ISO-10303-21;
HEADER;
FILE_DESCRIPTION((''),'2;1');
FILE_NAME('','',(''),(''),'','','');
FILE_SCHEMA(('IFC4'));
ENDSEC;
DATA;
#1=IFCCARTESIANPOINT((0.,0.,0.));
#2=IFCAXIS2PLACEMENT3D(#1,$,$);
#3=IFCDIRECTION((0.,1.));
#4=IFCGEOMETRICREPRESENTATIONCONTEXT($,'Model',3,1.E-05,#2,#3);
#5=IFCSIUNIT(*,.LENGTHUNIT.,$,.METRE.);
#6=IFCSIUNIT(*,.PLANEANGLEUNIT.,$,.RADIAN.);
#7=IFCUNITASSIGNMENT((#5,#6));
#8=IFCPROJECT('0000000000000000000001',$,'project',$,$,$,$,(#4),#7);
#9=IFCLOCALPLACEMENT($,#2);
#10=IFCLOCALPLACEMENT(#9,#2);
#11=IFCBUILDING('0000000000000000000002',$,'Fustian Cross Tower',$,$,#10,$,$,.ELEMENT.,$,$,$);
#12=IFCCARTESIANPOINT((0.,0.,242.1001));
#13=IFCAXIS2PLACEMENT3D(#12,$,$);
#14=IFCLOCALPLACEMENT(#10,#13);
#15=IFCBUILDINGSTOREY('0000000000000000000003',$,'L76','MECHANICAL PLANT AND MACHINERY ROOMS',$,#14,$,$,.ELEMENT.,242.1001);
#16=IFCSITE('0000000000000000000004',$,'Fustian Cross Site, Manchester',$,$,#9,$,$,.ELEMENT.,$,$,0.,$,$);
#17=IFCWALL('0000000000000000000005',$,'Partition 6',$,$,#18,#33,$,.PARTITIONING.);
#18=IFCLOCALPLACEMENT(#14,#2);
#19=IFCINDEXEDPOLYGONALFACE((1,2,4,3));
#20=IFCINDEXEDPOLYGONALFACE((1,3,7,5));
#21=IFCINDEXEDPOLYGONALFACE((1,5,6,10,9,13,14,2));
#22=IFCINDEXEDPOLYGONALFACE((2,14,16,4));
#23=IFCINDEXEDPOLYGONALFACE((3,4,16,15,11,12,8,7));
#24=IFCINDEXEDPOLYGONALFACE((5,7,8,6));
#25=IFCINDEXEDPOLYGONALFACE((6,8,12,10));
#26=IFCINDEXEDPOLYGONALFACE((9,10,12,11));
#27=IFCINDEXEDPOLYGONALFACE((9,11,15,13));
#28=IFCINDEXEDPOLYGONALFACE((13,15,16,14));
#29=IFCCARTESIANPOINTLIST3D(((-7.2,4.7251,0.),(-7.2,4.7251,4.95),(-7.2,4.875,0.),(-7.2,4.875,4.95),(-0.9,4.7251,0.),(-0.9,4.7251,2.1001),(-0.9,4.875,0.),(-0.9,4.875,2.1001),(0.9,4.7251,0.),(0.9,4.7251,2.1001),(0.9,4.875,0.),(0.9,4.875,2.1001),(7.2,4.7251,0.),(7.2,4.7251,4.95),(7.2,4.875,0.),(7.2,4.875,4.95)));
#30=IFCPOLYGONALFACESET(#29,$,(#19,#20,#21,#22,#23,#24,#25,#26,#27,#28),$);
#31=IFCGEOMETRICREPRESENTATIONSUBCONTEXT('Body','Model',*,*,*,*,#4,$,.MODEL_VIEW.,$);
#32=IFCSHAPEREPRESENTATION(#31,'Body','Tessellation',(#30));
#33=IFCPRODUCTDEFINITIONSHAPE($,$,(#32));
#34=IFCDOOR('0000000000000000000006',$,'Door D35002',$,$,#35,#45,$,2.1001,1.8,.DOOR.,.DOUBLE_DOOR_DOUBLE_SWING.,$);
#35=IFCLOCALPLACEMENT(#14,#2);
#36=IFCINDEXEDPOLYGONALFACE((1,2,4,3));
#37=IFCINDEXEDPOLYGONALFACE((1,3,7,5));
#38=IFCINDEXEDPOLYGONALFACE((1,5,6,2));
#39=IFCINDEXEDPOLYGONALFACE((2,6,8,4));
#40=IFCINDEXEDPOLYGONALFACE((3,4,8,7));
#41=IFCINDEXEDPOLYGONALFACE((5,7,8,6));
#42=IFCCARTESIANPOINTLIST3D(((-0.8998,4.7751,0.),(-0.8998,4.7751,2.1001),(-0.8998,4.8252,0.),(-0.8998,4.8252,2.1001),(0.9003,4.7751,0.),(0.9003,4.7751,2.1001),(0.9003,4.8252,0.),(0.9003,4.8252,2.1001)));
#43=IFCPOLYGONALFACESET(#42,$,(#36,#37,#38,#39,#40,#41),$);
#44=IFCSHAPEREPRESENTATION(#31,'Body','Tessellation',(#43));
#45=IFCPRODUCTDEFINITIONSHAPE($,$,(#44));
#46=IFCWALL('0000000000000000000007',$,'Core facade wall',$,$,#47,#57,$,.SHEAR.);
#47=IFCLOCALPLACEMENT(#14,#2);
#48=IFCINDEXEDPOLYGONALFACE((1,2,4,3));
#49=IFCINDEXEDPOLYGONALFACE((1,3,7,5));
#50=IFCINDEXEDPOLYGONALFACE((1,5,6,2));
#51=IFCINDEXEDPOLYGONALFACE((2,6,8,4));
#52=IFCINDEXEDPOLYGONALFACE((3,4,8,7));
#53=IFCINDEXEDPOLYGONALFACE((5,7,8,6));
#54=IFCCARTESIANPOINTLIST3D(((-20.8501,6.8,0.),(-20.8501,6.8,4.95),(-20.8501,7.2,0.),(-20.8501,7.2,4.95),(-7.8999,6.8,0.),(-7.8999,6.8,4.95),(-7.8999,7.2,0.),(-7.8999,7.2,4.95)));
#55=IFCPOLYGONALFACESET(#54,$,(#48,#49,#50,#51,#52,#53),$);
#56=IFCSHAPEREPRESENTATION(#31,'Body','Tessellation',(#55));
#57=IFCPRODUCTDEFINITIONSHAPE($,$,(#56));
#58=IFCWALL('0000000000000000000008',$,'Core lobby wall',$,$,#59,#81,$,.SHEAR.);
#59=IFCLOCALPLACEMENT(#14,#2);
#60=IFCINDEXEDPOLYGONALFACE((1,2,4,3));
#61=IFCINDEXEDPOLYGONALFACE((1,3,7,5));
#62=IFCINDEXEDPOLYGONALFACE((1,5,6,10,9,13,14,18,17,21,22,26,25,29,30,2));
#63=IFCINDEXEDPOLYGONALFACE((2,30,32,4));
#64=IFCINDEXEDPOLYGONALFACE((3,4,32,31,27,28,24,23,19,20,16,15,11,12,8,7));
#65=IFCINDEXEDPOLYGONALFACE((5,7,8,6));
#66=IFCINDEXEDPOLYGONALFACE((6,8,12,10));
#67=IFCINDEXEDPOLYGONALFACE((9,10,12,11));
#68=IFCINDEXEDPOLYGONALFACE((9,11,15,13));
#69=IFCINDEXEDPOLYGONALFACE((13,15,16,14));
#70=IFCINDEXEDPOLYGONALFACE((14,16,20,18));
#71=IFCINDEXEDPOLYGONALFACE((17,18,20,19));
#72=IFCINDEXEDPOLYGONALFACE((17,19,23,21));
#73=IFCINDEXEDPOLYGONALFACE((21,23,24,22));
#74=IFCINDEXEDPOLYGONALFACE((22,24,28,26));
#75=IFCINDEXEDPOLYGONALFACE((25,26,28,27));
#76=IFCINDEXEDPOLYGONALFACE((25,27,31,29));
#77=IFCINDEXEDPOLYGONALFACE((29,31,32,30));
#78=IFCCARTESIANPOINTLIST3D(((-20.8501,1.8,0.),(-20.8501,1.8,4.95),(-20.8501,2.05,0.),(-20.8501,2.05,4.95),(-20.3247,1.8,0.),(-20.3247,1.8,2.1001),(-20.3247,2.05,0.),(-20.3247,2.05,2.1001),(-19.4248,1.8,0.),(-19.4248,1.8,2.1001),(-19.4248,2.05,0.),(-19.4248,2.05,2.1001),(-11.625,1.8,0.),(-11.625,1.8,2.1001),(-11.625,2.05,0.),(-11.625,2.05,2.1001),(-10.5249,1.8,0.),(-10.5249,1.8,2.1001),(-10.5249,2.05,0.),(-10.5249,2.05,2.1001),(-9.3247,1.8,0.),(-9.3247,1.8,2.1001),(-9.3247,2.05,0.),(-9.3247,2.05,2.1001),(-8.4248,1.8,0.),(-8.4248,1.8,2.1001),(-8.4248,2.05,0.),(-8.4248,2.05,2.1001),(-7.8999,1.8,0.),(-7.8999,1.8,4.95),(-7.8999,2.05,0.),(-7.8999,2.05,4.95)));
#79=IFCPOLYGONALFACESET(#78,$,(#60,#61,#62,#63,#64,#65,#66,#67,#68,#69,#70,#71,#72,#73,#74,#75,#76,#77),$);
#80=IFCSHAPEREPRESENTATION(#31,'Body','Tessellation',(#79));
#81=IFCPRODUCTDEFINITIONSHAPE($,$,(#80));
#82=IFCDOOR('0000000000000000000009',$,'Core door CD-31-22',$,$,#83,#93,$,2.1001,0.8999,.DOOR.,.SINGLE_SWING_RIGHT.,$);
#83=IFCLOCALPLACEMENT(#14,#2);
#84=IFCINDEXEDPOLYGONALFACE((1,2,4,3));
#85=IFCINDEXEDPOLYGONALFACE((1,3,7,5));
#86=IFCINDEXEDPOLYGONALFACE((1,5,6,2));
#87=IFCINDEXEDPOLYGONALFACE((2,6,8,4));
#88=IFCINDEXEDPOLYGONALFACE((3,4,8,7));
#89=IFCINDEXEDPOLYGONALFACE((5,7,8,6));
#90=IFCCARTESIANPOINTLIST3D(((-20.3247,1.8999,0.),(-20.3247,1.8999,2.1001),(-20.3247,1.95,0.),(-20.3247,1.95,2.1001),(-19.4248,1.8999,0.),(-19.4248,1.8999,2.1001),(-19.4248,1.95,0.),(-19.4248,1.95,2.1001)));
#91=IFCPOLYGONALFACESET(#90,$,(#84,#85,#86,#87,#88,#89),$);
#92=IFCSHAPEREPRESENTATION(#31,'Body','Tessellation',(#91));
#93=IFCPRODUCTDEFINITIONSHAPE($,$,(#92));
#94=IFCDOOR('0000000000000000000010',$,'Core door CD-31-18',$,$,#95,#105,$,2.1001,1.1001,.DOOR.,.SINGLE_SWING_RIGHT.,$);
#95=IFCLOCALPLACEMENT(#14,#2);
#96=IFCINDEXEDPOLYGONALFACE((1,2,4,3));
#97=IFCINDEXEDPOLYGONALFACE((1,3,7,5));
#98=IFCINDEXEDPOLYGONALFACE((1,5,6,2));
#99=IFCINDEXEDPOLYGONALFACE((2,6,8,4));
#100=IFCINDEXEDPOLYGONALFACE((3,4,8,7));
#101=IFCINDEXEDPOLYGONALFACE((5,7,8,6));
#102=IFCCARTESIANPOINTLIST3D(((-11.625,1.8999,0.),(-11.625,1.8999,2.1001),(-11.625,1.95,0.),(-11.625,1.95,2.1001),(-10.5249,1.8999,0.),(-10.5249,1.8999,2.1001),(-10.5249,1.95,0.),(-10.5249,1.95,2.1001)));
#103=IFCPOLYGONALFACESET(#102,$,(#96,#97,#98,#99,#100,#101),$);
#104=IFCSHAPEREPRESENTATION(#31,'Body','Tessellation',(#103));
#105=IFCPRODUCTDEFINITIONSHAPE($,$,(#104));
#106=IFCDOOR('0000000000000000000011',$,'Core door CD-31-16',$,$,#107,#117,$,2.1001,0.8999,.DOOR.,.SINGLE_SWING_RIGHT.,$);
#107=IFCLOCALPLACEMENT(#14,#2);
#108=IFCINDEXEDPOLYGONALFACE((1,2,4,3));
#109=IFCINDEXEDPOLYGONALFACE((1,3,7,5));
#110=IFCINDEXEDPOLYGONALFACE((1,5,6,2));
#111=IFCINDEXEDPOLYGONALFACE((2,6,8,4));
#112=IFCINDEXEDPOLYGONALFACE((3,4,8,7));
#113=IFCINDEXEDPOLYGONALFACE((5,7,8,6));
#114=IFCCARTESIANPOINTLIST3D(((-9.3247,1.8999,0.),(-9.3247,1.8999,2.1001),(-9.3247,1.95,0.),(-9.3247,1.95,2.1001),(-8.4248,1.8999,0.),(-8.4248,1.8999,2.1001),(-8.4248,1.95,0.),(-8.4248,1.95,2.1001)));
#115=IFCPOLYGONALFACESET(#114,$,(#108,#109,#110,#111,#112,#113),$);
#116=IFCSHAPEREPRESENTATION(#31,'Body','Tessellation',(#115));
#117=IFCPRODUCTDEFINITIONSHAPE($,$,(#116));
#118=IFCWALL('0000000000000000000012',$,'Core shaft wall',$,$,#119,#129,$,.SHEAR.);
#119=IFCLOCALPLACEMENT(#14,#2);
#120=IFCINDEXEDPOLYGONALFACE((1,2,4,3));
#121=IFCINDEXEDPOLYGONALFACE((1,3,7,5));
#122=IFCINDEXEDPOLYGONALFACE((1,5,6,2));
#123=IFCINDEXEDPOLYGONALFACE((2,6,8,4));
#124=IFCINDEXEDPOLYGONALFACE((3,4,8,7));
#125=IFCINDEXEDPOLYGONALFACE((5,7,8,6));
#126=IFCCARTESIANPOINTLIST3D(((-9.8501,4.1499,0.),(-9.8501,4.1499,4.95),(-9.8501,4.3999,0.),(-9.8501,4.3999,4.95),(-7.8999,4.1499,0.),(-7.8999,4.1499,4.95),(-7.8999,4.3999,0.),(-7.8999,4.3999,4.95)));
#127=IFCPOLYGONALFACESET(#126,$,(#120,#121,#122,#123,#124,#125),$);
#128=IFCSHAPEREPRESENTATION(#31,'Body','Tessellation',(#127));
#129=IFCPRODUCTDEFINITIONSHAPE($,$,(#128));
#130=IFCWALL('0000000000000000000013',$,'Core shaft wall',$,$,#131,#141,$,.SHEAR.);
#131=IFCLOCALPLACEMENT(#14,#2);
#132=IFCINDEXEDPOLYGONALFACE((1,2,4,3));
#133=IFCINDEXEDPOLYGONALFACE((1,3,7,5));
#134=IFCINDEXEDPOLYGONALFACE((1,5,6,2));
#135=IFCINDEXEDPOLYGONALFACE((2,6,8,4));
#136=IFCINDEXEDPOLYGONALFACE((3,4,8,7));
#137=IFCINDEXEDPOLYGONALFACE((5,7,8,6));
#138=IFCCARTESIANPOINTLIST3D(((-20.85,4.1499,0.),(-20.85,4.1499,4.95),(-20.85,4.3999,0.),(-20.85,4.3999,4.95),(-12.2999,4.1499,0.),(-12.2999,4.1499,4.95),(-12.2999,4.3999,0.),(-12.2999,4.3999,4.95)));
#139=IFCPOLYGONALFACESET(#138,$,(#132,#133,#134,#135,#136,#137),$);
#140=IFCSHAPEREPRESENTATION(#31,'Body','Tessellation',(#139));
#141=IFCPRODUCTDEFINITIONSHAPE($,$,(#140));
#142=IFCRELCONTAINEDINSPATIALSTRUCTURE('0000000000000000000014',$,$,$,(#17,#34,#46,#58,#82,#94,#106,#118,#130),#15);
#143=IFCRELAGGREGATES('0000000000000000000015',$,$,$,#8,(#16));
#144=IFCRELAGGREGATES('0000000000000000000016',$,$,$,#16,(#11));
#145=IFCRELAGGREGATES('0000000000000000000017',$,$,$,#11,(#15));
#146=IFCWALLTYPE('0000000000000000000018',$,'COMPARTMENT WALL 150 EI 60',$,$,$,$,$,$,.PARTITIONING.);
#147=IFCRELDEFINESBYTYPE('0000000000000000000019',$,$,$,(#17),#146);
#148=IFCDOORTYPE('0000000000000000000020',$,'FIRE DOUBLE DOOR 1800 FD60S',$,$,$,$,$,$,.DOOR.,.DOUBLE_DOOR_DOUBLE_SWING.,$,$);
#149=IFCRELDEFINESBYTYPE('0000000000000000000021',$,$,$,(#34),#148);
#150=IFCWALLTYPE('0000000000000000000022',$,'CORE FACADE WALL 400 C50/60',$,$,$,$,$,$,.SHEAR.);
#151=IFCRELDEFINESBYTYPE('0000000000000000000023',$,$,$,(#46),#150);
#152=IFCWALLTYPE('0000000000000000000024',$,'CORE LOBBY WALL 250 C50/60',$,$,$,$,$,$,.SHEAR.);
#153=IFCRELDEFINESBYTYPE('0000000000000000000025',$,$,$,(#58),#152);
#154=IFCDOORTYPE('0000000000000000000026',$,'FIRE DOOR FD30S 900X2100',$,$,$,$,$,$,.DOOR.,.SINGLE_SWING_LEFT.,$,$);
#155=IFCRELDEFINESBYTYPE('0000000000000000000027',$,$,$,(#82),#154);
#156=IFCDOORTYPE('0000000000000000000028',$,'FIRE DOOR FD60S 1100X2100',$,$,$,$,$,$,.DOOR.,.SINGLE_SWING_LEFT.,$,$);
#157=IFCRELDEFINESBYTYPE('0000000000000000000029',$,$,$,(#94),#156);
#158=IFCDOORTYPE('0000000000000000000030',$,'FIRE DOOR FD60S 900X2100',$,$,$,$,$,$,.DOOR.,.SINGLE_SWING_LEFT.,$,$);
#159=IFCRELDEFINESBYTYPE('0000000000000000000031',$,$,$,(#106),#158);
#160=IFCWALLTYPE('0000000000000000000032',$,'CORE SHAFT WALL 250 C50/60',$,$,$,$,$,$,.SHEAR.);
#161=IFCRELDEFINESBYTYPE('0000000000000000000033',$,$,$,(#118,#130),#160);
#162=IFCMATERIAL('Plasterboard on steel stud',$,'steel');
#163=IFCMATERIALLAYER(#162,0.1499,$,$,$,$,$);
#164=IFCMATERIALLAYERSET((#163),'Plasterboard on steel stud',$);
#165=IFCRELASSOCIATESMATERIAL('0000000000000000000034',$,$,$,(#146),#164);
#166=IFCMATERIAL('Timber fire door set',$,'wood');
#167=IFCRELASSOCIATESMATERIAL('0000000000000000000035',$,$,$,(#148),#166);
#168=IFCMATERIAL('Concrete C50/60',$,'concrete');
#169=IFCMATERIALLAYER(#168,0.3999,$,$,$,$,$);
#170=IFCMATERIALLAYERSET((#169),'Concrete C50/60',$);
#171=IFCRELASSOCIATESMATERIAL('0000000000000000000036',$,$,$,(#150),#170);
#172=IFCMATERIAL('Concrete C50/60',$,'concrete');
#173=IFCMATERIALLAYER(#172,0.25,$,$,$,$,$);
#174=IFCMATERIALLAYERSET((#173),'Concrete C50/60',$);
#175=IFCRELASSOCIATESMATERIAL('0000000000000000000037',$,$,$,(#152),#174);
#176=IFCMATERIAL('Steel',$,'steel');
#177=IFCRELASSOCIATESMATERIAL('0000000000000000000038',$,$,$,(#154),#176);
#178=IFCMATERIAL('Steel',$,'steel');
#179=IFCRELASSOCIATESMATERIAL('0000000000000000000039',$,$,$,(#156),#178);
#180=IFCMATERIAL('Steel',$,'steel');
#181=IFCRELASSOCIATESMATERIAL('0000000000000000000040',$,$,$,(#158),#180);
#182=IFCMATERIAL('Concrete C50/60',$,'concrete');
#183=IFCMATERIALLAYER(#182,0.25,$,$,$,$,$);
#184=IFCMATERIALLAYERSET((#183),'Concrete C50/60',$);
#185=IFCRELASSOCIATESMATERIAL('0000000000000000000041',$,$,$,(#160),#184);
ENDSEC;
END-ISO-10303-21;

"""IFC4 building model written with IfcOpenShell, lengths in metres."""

from ifc_helpers import new_model, si_unit, direction, frame, frame_2d, origin, place, context, subcontext, project, spatial, rectangle, extrude, material, layer, layer_set, type_object, element, fill, save


model = new_model("IFC4")

# Units and contexts
model_context = context("Model", 3, precision=1e-05, world=origin(), true_north=direction((0.0, 1.0)))
body_context = subcontext(model_context, "Body", "Model", "MODEL_VIEW")
ifc_project = project(units=[si_unit("LENGTHUNIT", "METRE"), si_unit("PLANEANGLEUNIT", "RADIAN")], contexts=[model_context])

# Site, building, storey
site_placement = place(None, origin())
site = spatial("IfcSite", under=ifc_project, at=site_placement, Name="Fustian Cross Site, Manchester", CompositionType="ELEMENT", RefElevation=0.0)
building_placement = place(site_placement, origin())
building = spatial("IfcBuilding", under=site, at=building_placement, Name="Fustian Cross Tower", CompositionType="ELEMENT")
storey_placement = place(building_placement, frame((0.0, 0.0, 242.1001)))
storey = spatial("IfcBuildingStorey", under=building, at=storey_placement, Name="L76", Description="MECHANICAL PLANT AND MACHINERY ROOMS", CompositionType="ELEMENT", Elevation=242.1001)

# Wall, opening, door
ifc_material_1 = material(Name="Plasterboard on steel stud", Category="steel")
ifc_layer_1 = layer(ifc_material_1, 0.1499)
ifc_layer_set_1 = layer_set([ifc_layer_1], Name="Plasterboard on steel stud")
wall_type_1 = type_object("IfcWallType", Name="COMPARTMENT WALL 150 EI 60", PredefinedType="PARTITIONING", material=ifc_layer_set_1)
wall_1_placement = place(storey_placement, frame((-7.2, 4.8, 0.0), z_axis=(0.0, 0.0, 1.0), x_axis=(1.0, 0.0, 0.0)))
wall_1 = element("IfcWall", 1, at=wall_1_placement, inside=storey, type_object=wall_type_1, Name="Partition 6", PredefinedType="PARTITIONING", context=body_context, shape_type="SweptSolid", body=[
    extrude(rectangle(XDim=14.3999, YDim=0.1499, at=frame_2d((7.2, 0.0))), origin(), (0.0, 0.0, 1.0), 4.95),
])
opening_1_placement = place(wall_1_placement, frame((6.3, 0.0, 0.0)))
opening_1 = element("IfcOpeningElement", 2, at=opening_1_placement, cuts=wall_1, PredefinedType="OPENING", context=body_context, shape_type="SweptSolid", body=[
    extrude(rectangle(XDim=1.8, YDim=2.1001, at=frame_2d((0.8999, 1.05))), frame((0.0, 0.085, 0.0), z_axis=(0.0, -1.0, 0.0), x_axis=(1.0, 0.0, 0.0)), (0.0, 0.0, 1.0), 0.1699),
])
ifc_material_2 = material(Name="Timber fire door set", Category="wood")
door_type_1 = type_object("IfcDoorType", Name="FIRE DOUBLE DOOR 1800 FD60S", OperationType="DOUBLE_DOOR_DOUBLE_SWING", PredefinedType="DOOR", material=ifc_material_2)
door_1_placement = place(opening_1_placement, frame((1.8, 0.0, 0.0), z_axis=(0.0, 0.0, 1.0), x_axis=(-1.0, 0.0, 0.0)))
door_1 = element("IfcDoor", 3, at=door_1_placement, inside=storey, type_object=door_type_1, Name="Door D35002", OperationType="DOUBLE_DOOR_DOUBLE_SWING", OverallHeight=2.1001, OverallWidth=1.8, PredefinedType="DOOR", context=body_context, shape_type="SweptSolid", body=[
    extrude(rectangle(XDim=1.8, YDim=2.1001, at=frame_2d((0.8999, 1.05))), frame((0.0, 0.0249, 0.0), z_axis=(0.0, -1.0, 0.0), x_axis=(1.0, 0.0, 0.0)), (0.0, 0.0, 1.0), 0.05),
])
fill(opening_1, door_1)

# Wall
ifc_material_3 = material(Name="Concrete C50/60", Category="concrete")
ifc_layer_2 = layer(ifc_material_3, 0.3999)
ifc_layer_set_2 = layer_set([ifc_layer_2], Name="Concrete C50/60")
wall_type_2 = type_object("IfcWallType", Name="CORE FACADE WALL 400 C50/60", PredefinedType="SHEAR", material=ifc_layer_set_2)
wall_2_placement = place(storey_placement, frame((-7.8999, 7.0, 0.0), z_axis=(0.0, 0.0, 1.0), x_axis=(-1.0, 0.0, 0.0)))
element("IfcWall", 4, at=wall_2_placement, inside=storey, type_object=wall_type_2, Name="Core facade wall", PredefinedType="SHEAR", context=body_context, shape_type="SweptSolid", body=[
    extrude(rectangle(XDim=12.9502, YDim=0.3999, at=frame_2d((6.4751, 0.0))), origin(), (0.0, 0.0, 1.0), 4.95),
])

# Wall, openings, doors
ifc_material_4 = material(Name="Concrete C50/60", Category="concrete")
ifc_layer_3 = layer(ifc_material_4, 0.25)
ifc_layer_set_3 = layer_set([ifc_layer_3], Name="Concrete C50/60")
wall_type_3 = type_object("IfcWallType", Name="CORE LOBBY WALL 250 C50/60", PredefinedType="SHEAR", material=ifc_layer_set_3)
wall_3_placement = place(storey_placement, frame((-7.8999, 1.925, 0.0), z_axis=(0.0, 0.0, 1.0), x_axis=(-1.0, 0.0, 0.0)))
wall_3 = element("IfcWall", 5, at=wall_3_placement, inside=storey, type_object=wall_type_3, Name="Core lobby wall", PredefinedType="SHEAR", context=body_context, shape_type="SweptSolid", body=[
    extrude(rectangle(XDim=12.9502, YDim=0.25, at=frame_2d((6.4751, 0.0))), origin(), (0.0, 0.0, 1.0), 4.95),
])
opening_2_placement = place(wall_3_placement, frame((0.5249, 0.0, 0.0)))
opening_2 = element("IfcOpeningElement", 6, at=opening_2_placement, cuts=wall_3, PredefinedType="OPENING", context=body_context, shape_type="SweptSolid", body=[
    extrude(rectangle(XDim=0.8999, YDim=2.1001, at=frame_2d((0.45, 1.05))), frame((0.0, 0.135, 0.0), z_axis=(0.0, -1.0, 0.0), x_axis=(1.0, 0.0, 0.0)), (0.0, 0.0, 1.0), 0.27),
])
opening_3_placement = place(wall_3_placement, frame((2.625, 0.0, 0.0)))
opening_3 = element("IfcOpeningElement", 7, at=opening_3_placement, cuts=wall_3, PredefinedType="OPENING", context=body_context, shape_type="SweptSolid", body=[
    extrude(rectangle(XDim=1.1001, YDim=2.1001, at=frame_2d((0.55, 1.05))), frame((0.0, 0.135, 0.0), z_axis=(0.0, -1.0, 0.0), x_axis=(1.0, 0.0, 0.0)), (0.0, 0.0, 1.0), 0.27),
])
opening_4_placement = place(wall_3_placement, frame((11.5249, 0.0, 0.0)))
opening_4 = element("IfcOpeningElement", 8, at=opening_4_placement, cuts=wall_3, PredefinedType="OPENING", context=body_context, shape_type="SweptSolid", body=[
    extrude(rectangle(XDim=0.8999, YDim=2.1001, at=frame_2d((0.45, 1.05))), frame((0.0, 0.135, 0.0), z_axis=(0.0, -1.0, 0.0), x_axis=(1.0, 0.0, 0.0)), (0.0, 0.0, 1.0), 0.27),
])
ifc_material_5 = material(Name="Steel", Category="steel")
door_type_2 = type_object("IfcDoorType", Name="FIRE DOOR FD30S 900X2100", OperationType="SINGLE_SWING_LEFT", PredefinedType="DOOR", material=ifc_material_5)
door_2_placement = place(opening_4_placement, frame((0.8999, 0.0, 0.0), z_axis=(0.0, 0.0, 1.0), x_axis=(-1.0, 0.0, 0.0)))
door_2 = element("IfcDoor", 9, at=door_2_placement, inside=storey, type_object=door_type_2, Name="Core door CD-31-22", OperationType="SINGLE_SWING_RIGHT", OverallHeight=2.1001, OverallWidth=0.8999, PredefinedType="DOOR", context=body_context, shape_type="SweptSolid", body=[
    extrude(rectangle(XDim=0.8999, YDim=2.1001, at=frame_2d((0.45, 1.05))), frame((0.0, 0.0249, 0.0), z_axis=(0.0, -1.0, 0.0), x_axis=(1.0, 0.0, 0.0)), (0.0, 0.0, 1.0), 0.05),
])
fill(opening_4, door_2)
ifc_material_6 = material(Name="Steel", Category="steel")
door_type_3 = type_object("IfcDoorType", Name="FIRE DOOR FD60S 1100X2100", OperationType="SINGLE_SWING_LEFT", PredefinedType="DOOR", material=ifc_material_6)
door_3_placement = place(opening_3_placement, frame((1.1001, 0.0, 0.0), z_axis=(0.0, 0.0, 1.0), x_axis=(-1.0, 0.0, 0.0)))
door_3 = element("IfcDoor", 10, at=door_3_placement, inside=storey, type_object=door_type_3, Name="Core door CD-31-18", OperationType="SINGLE_SWING_RIGHT", OverallHeight=2.1001, OverallWidth=1.1001, PredefinedType="DOOR", context=body_context, shape_type="SweptSolid", body=[
    extrude(rectangle(XDim=1.1001, YDim=2.1001, at=frame_2d((0.55, 1.05))), frame((0.0, 0.0249, 0.0), z_axis=(0.0, -1.0, 0.0), x_axis=(1.0, 0.0, 0.0)), (0.0, 0.0, 1.0), 0.05),
])
fill(opening_3, door_3)
ifc_material_7 = material(Name="Steel", Category="steel")
door_type_4 = type_object("IfcDoorType", Name="FIRE DOOR FD60S 900X2100", OperationType="SINGLE_SWING_LEFT", PredefinedType="DOOR", material=ifc_material_7)
door_4_placement = place(opening_2_placement, frame((0.8999, 0.0, 0.0), z_axis=(0.0, 0.0, 1.0), x_axis=(-1.0, 0.0, 0.0)))
door_4 = element("IfcDoor", 11, at=door_4_placement, inside=storey, type_object=door_type_4, Name="Core door CD-31-16", OperationType="SINGLE_SWING_RIGHT", OverallHeight=2.1001, OverallWidth=0.8999, PredefinedType="DOOR", context=body_context, shape_type="SweptSolid", body=[
    extrude(rectangle(XDim=0.8999, YDim=2.1001, at=frame_2d((0.45, 1.05))), frame((0.0, 0.0249, 0.0), z_axis=(0.0, -1.0, 0.0), x_axis=(1.0, 0.0, 0.0)), (0.0, 0.0, 1.0), 0.05),
])
fill(opening_2, door_4)

# Walls
ifc_material_8 = material(Name="Concrete C50/60", Category="concrete")
ifc_layer_4 = layer(ifc_material_8, 0.25)
ifc_layer_set_4 = layer_set([ifc_layer_4], Name="Concrete C50/60")
wall_type_4 = type_object("IfcWallType", Name="CORE SHAFT WALL 250 C50/60", PredefinedType="SHEAR", material=ifc_layer_set_4)
wall_4_placement = place(storey_placement, frame((-7.8999, 4.2749, 0.0), z_axis=(0.0, 0.0, 1.0), x_axis=(-1.0, 0.0, 0.0)))
element("IfcWall", 12, at=wall_4_placement, inside=storey, type_object=wall_type_4, Name="Core shaft wall", PredefinedType="SHEAR", context=body_context, shape_type="SweptSolid", body=[
    extrude(rectangle(XDim=1.9502, YDim=0.25, at=frame_2d((0.9751, 0.0))), origin(), (0.0, 0.0, 1.0), 4.95),
])
wall_5_placement = place(storey_placement, frame((-12.3, 4.2749, 0.0), z_axis=(0.0, 0.0, 1.0), x_axis=(-1.0, 0.0, 0.0)))
element("IfcWall", 13, at=wall_5_placement, inside=storey, type_object=wall_type_4, Name="Core shaft wall", PredefinedType="SHEAR", context=body_context, shape_type="SweptSolid", body=[
    extrude(rectangle(XDim=8.55, YDim=0.25, at=frame_2d((4.2749, 0.0))), origin(), (0.0, 0.0, 1.0), 4.95),
])

save(model, "model.ifc")
